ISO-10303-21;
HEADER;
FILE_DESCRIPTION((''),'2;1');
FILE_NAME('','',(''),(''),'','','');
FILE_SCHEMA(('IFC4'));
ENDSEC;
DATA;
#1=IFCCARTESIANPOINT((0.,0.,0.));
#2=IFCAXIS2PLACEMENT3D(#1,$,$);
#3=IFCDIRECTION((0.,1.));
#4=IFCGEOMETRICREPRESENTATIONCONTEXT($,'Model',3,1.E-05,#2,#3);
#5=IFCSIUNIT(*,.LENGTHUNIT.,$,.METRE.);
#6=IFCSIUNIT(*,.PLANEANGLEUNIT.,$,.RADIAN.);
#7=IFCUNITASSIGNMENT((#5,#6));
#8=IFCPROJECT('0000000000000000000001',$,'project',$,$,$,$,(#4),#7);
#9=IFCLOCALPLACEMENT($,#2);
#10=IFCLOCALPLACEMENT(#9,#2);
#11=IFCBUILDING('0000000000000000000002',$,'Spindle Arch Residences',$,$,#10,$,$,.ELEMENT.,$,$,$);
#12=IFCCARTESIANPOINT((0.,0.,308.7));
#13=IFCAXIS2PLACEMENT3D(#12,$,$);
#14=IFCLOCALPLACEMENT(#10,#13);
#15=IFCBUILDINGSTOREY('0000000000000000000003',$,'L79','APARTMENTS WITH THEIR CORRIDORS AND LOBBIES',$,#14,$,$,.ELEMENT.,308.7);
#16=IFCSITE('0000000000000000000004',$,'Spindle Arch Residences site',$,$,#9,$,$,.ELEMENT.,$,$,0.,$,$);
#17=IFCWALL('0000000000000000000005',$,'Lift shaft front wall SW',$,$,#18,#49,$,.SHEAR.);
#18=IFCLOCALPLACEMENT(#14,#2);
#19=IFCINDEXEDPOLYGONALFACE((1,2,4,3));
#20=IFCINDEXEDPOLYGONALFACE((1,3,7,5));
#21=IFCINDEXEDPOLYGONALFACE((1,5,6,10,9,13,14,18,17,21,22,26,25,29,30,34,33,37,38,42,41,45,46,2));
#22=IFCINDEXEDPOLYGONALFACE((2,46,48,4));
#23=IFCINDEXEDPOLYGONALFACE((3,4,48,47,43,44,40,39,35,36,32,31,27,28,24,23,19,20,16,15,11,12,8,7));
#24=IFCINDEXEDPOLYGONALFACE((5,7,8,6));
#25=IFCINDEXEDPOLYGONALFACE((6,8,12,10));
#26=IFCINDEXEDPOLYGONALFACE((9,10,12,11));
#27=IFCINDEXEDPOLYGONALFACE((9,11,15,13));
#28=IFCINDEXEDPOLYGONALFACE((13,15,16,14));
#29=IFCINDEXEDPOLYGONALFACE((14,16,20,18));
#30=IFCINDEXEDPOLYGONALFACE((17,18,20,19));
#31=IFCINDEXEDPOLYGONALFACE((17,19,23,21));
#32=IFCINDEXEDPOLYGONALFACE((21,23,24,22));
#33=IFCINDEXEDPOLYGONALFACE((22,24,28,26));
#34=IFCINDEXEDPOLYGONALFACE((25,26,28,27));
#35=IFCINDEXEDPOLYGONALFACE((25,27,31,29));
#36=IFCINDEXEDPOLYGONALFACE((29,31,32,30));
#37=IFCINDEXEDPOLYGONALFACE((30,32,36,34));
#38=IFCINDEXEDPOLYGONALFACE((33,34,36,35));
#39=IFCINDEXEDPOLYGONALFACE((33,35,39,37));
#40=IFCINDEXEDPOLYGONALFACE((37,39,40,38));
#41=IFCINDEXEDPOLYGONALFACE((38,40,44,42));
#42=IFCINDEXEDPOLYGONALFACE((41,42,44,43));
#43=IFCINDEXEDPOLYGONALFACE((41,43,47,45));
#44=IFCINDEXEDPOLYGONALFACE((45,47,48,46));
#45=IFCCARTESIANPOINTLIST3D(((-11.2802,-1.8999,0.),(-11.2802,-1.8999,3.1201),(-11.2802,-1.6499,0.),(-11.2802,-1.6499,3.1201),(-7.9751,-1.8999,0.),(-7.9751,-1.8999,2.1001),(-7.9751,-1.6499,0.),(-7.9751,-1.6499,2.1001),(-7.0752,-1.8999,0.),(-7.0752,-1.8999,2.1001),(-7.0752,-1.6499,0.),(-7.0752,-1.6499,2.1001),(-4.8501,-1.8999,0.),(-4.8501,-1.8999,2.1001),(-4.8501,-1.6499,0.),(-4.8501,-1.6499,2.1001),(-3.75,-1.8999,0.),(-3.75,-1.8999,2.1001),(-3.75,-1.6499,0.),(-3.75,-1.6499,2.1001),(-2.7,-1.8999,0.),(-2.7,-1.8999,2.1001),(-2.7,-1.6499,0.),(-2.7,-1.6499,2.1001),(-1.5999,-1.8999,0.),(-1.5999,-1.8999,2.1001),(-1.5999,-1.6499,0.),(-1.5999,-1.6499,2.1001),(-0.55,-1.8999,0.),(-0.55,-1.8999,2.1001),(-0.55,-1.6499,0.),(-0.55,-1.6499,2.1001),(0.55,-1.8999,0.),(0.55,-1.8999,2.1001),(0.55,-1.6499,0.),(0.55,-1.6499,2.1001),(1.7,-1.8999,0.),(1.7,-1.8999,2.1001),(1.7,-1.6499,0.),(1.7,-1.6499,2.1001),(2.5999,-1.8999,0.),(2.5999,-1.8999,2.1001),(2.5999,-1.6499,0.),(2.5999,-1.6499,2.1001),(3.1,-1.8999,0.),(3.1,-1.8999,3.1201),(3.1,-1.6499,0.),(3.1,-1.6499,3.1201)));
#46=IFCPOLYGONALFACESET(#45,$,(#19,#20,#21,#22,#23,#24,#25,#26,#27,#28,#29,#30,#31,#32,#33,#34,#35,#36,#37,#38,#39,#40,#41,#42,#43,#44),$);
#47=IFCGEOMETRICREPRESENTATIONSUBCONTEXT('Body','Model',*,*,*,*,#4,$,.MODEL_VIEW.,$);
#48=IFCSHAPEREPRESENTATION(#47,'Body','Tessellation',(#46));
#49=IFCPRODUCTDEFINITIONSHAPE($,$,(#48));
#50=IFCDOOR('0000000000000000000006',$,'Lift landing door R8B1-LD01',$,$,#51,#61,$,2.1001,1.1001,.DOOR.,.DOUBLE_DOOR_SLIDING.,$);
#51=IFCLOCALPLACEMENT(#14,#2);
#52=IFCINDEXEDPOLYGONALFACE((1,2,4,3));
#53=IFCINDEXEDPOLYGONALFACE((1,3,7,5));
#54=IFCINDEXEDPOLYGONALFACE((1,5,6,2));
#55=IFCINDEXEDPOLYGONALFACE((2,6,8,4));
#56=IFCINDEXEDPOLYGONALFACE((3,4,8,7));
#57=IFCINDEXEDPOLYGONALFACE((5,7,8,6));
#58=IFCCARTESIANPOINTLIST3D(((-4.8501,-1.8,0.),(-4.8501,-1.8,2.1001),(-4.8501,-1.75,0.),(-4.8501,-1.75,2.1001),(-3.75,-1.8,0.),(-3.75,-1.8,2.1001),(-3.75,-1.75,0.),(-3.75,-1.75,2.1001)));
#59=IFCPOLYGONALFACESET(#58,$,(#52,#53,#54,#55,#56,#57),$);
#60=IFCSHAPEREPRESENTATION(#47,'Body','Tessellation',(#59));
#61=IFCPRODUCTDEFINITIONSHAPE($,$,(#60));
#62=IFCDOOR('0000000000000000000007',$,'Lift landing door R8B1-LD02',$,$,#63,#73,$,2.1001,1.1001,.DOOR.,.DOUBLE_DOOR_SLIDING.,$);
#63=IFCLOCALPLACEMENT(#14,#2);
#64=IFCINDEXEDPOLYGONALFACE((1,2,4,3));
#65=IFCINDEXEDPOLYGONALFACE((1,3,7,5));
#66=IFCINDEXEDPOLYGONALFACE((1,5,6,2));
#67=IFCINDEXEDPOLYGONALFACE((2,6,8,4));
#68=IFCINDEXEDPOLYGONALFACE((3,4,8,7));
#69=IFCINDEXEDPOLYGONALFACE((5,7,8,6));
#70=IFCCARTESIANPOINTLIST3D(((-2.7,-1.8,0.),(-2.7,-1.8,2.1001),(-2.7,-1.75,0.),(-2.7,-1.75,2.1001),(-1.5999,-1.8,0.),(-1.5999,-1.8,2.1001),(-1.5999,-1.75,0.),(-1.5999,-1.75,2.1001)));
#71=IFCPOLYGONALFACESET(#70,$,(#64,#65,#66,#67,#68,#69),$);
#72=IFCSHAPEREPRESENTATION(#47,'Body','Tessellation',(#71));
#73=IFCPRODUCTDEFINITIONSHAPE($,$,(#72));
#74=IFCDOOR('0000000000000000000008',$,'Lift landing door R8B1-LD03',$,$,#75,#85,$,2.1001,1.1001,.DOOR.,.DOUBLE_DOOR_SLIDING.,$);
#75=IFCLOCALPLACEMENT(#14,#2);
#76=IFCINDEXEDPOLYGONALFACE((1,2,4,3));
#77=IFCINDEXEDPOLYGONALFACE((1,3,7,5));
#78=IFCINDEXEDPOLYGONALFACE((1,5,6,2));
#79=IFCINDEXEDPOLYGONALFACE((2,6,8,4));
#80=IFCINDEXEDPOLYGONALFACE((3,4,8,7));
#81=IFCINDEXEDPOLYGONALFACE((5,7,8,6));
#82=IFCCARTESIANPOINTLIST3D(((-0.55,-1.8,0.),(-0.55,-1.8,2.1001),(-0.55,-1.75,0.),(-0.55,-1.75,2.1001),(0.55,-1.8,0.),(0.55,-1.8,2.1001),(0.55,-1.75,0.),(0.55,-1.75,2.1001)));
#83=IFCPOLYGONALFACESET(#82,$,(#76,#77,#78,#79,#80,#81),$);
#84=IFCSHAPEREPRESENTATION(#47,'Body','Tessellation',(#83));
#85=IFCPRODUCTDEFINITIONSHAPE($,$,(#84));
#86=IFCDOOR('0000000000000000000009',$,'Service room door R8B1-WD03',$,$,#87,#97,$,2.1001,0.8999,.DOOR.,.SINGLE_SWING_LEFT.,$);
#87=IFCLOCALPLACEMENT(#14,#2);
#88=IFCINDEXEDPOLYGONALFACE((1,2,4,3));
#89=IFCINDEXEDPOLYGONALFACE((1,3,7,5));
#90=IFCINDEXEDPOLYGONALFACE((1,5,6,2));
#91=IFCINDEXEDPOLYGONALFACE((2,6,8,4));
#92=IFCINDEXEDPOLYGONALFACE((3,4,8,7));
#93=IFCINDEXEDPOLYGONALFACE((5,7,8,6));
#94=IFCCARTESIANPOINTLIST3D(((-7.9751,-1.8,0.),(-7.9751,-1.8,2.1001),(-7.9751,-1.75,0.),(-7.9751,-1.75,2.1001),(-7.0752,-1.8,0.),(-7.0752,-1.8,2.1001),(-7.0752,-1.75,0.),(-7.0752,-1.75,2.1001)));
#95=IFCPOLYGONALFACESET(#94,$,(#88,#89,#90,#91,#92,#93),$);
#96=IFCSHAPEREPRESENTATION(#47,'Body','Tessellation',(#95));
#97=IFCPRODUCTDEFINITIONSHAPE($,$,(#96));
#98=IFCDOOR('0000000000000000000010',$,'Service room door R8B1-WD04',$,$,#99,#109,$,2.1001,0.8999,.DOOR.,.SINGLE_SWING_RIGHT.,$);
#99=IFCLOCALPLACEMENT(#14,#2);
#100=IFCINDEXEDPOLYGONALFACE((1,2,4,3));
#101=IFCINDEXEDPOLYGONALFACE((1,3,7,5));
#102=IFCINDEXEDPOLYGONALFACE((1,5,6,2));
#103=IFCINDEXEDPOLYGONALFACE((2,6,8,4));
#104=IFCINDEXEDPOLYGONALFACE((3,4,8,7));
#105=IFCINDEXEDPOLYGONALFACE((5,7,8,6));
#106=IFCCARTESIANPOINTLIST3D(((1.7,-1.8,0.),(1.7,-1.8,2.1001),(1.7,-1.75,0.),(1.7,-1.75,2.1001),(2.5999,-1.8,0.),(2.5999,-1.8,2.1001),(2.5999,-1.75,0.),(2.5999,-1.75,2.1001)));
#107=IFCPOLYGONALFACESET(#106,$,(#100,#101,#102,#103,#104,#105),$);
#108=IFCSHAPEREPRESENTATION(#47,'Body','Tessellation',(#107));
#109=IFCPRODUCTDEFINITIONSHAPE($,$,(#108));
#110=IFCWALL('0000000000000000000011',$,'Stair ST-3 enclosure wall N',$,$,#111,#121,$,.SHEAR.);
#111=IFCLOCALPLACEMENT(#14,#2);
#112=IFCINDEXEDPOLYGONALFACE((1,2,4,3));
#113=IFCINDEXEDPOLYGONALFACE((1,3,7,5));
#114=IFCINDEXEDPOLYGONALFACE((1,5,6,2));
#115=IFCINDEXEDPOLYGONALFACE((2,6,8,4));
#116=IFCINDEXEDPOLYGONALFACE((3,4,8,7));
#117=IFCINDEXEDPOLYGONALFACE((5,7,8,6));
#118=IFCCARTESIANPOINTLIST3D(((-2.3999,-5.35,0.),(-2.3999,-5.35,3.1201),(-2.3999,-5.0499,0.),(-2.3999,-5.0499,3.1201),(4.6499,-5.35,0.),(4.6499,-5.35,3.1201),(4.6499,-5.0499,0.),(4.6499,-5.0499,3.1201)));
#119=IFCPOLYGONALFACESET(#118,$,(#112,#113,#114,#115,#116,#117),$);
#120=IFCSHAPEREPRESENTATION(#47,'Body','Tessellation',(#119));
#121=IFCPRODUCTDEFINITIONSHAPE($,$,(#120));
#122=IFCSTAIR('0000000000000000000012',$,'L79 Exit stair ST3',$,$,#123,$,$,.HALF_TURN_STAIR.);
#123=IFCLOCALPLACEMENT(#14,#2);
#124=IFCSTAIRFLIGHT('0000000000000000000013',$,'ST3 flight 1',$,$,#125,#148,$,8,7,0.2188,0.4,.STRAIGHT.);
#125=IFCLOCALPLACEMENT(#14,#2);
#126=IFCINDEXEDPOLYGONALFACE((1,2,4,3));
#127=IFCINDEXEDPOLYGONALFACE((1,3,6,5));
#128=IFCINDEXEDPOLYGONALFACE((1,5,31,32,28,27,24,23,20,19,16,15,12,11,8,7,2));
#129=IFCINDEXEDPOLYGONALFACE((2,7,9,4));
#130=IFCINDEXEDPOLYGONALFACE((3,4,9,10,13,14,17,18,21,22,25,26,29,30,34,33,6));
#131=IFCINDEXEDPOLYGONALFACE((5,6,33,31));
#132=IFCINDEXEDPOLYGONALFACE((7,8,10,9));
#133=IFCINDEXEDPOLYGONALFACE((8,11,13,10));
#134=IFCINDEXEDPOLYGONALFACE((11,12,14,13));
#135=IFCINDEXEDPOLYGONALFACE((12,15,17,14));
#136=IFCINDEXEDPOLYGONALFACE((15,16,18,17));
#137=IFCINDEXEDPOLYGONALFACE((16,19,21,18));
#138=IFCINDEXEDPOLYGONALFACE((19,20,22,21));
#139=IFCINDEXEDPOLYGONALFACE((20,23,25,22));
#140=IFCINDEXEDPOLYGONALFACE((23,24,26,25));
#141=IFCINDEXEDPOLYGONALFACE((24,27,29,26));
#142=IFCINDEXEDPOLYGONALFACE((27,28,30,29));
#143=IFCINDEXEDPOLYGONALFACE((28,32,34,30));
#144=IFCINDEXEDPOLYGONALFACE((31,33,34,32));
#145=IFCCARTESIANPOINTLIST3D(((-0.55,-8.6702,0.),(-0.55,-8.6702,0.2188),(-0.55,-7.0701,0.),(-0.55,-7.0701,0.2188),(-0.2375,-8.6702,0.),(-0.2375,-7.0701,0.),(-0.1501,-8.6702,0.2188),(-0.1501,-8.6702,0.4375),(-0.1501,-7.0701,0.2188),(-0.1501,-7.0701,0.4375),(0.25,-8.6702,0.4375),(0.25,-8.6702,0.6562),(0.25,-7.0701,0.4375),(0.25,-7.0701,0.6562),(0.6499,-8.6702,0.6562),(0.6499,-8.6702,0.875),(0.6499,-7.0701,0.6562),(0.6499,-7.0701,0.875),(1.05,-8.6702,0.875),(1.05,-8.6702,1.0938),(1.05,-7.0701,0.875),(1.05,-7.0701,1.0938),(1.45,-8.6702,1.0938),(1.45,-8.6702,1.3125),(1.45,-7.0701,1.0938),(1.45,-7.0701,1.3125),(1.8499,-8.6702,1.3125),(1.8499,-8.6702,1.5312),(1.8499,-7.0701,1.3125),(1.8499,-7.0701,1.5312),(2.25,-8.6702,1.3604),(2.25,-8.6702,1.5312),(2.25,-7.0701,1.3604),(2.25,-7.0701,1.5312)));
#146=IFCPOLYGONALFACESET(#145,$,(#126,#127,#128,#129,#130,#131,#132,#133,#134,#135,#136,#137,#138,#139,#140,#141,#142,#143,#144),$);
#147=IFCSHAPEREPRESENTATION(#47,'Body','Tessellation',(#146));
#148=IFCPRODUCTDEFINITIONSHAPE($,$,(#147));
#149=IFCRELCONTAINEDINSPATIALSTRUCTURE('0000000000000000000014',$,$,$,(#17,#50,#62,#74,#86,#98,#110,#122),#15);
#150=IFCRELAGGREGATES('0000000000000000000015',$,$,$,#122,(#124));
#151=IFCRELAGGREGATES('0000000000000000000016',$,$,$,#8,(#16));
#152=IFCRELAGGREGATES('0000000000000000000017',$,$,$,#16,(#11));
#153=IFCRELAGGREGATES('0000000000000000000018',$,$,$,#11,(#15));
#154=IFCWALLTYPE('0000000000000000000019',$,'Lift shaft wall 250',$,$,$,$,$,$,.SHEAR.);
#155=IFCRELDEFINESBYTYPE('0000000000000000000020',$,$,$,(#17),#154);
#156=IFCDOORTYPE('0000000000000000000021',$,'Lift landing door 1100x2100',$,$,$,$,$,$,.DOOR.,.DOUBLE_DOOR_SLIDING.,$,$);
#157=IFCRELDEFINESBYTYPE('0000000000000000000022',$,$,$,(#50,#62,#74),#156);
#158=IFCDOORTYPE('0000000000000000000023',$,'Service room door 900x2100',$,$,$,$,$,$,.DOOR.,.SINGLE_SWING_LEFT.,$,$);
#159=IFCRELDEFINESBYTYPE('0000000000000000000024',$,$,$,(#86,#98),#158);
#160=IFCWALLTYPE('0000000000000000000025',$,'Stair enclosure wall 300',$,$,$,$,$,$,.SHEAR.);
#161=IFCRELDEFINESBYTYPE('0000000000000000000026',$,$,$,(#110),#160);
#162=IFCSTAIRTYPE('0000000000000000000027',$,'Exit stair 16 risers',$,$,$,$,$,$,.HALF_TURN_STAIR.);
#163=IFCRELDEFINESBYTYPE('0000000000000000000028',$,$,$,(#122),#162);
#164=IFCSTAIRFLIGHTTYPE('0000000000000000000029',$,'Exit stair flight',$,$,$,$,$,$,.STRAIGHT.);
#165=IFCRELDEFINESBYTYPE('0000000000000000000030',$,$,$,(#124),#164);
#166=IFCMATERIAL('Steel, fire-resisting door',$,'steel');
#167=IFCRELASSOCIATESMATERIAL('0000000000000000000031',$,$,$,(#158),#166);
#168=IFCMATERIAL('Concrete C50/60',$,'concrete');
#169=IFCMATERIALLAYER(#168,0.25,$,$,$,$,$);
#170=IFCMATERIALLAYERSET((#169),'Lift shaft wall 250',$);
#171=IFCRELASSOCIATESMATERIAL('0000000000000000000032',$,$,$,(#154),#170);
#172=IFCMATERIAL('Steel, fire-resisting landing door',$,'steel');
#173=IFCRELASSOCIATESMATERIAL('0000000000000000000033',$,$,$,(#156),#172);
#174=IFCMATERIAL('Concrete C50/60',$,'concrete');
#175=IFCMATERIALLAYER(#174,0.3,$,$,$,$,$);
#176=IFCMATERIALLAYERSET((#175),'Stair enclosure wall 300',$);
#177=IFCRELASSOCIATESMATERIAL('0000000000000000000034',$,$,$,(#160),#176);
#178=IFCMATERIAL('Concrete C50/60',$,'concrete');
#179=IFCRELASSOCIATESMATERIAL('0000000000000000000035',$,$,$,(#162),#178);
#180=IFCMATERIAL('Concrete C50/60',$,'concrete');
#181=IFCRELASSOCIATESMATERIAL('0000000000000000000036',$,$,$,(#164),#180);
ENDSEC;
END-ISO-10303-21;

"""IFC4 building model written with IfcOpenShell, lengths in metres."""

from ifc_helpers import new_model, si_unit, direction, frame, frame_2d, origin, place, context, subcontext, project, spatial, polyline, rectangle, outline, extrude, material, layer, layer_set, type_object, element, fill, aggregate, save


model = new_model("IFC4")

# Units and contexts
model_context = context("Model", 3, precision=1e-05, world=origin(), true_north=direction((0.0, 1.0)))
body_context = subcontext(model_context, "Body", "Model", "MODEL_VIEW")
ifc_project = project(units=[si_unit("LENGTHUNIT", "METRE"), si_unit("PLANEANGLEUNIT", "RADIAN")], contexts=[model_context])

# Site, building, storey
site_placement = place(None, origin())
site = spatial("IfcSite", under=ifc_project, at=site_placement, Name="Spindle Arch Residences site", CompositionType="ELEMENT", RefElevation=0.0)
building_placement = place(site_placement, origin())
building = spatial("IfcBuilding", under=site, at=building_placement, Name="Spindle Arch Residences", CompositionType="ELEMENT")
storey_placement = place(building_placement, frame((0.0, 0.0, 308.7)))
storey = spatial("IfcBuildingStorey", under=building, at=storey_placement, Name="L79", Description="APARTMENTS WITH THEIR CORRIDORS AND LOBBIES", CompositionType="ELEMENT", Elevation=308.7)

# Shared definitions
ifc_material_1 = material(Name="Steel, fire-resisting door", Category="steel")
door_type_1 = type_object("IfcDoorType", Name="Service room door 900x2100", OperationType="SINGLE_SWING_LEFT", PredefinedType="DOOR", material=ifc_material_1)

# Shared definitions
ifc_material_2 = material(Name="Concrete C50/60", Category="concrete")
ifc_layer_1 = layer(ifc_material_2, 0.25)
ifc_layer_set_1 = layer_set([ifc_layer_1], Name="Lift shaft wall 250")
wall_type_1 = type_object("IfcWallType", Name="Lift shaft wall 250", PredefinedType="SHEAR", material=ifc_layer_set_1)

# Wall, openings, doors
wall_1_placement = place(storey_placement, frame((-11.28, -1.7749, 0.0), z_axis=(0.0, 0.0, 1.0), x_axis=(1.0, 0.0, 0.0)))
wall_1 = element("IfcWall", 1, at=wall_1_placement, inside=storey, type_object=wall_type_1, Name="Lift shaft front wall SW", PredefinedType="SHEAR", context=body_context, shape_type="SweptSolid", body=[
    extrude(rectangle(XDim=14.3801, YDim=0.25, at=frame_2d((7.1899, 0.0))), origin(), (0.0, 0.0, 1.0), 3.1201),
])
opening_1_placement = place(wall_1_placement, frame((6.4299, 0.0, 0.0)))
opening_1 = element("IfcOpeningElement", 2, at=opening_1_placement, cuts=wall_1, PredefinedType="OPENING", context=body_context, shape_type="SweptSolid", body=[
    extrude(rectangle(XDim=1.1001, YDim=2.1001, at=frame_2d((0.55, 1.05))), frame((0.0, 0.135, 0.0), z_axis=(0.0, -1.0, 0.0), x_axis=(1.0, 0.0, 0.0)), (0.0, 0.0, 1.0), 0.27),
])
opening_2_placement = place(wall_1_placement, frame((8.5801, 0.0, 0.0)))
opening_2 = element("IfcOpeningElement", 3, at=opening_2_placement, cuts=wall_1, PredefinedType="OPENING", context=body_context, shape_type="SweptSolid", body=[
    extrude(rectangle(XDim=1.1001, YDim=2.1001, at=frame_2d((0.55, 1.05))), frame((0.0, 0.135, 0.0), z_axis=(0.0, -1.0, 0.0), x_axis=(1.0, 0.0, 0.0)), (0.0, 0.0, 1.0), 0.27),
])
opening_3_placement = place(wall_1_placement, frame((10.73, 0.0, 0.0)))
opening_3 = element("IfcOpeningElement", 4, at=opening_3_placement, cuts=wall_1, PredefinedType="OPENING", context=body_context, shape_type="SweptSolid", body=[
    extrude(rectangle(XDim=1.1001, YDim=2.1001, at=frame_2d((0.55, 1.05))), frame((0.0, 0.135, 0.0), z_axis=(0.0, -1.0, 0.0), x_axis=(1.0, 0.0, 0.0)), (0.0, 0.0, 1.0), 0.27),
])
opening_4_placement = place(wall_1_placement, frame((3.3049, 0.0, 0.0)))
opening_4 = element("IfcOpeningElement", 5, at=opening_4_placement, cuts=wall_1, PredefinedType="OPENING", context=body_context, shape_type="SweptSolid", body=[
    extrude(rectangle(XDim=0.8999, YDim=2.1001, at=frame_2d((0.45, 1.05))), frame((0.0, 0.135, 0.0), z_axis=(0.0, -1.0, 0.0), x_axis=(1.0, 0.0, 0.0)), (0.0, 0.0, 1.0), 0.27),
])
opening_5_placement = place(wall_1_placement, frame((12.98, 0.0, 0.0)))
opening_5 = element("IfcOpeningElement", 6, at=opening_5_placement, cuts=wall_1, PredefinedType="OPENING", context=body_context, shape_type="SweptSolid", body=[
    extrude(rectangle(XDim=0.8999, YDim=2.1001, at=frame_2d((0.45, 1.05))), frame((0.0, 0.135, 0.0), z_axis=(0.0, -1.0, 0.0), x_axis=(1.0, 0.0, 0.0)), (0.0, 0.0, 1.0), 0.27),
])
ifc_material_3 = material(Name="Steel, fire-resisting landing door", Category="steel")
door_type_2 = type_object("IfcDoorType", Name="Lift landing door 1100x2100", OperationType="DOUBLE_DOOR_SLIDING", PredefinedType="DOOR", material=ifc_material_3)
door_1_placement = place(opening_1_placement, origin())
door_1 = element("IfcDoor", 7, at=door_1_placement, inside=storey, type_object=door_type_2, Name="Lift landing door R8B1-LD01", OperationType="DOUBLE_DOOR_SLIDING", OverallHeight=2.1001, OverallWidth=1.1001, PredefinedType="DOOR", context=body_context, shape_type="SweptSolid", body=[
    extrude(rectangle(XDim=1.1001, YDim=2.1001, at=frame_2d((0.55, 1.05))), frame((0.0, 0.0249, 0.0), z_axis=(0.0, -1.0, 0.0), x_axis=(1.0, 0.0, 0.0)), (0.0, 0.0, 1.0), 0.05),
])
fill(opening_1, door_1)
door_2_placement = place(opening_2_placement, origin())
door_2 = element("IfcDoor", 8, at=door_2_placement, inside=storey, type_object=door_type_2, Name="Lift landing door R8B1-LD02", OperationType="DOUBLE_DOOR_SLIDING", OverallHeight=2.1001, OverallWidth=1.1001, PredefinedType="DOOR", context=body_context, shape_type="SweptSolid", body=[
    extrude(rectangle(XDim=1.1001, YDim=2.1001, at=frame_2d((0.55, 1.05))), frame((0.0, 0.0249, 0.0), z_axis=(0.0, -1.0, 0.0), x_axis=(1.0, 0.0, 0.0)), (0.0, 0.0, 1.0), 0.05),
])
fill(opening_2, door_2)
door_3_placement = place(opening_3_placement, origin())
door_3 = element("IfcDoor", 9, at=door_3_placement, inside=storey, type_object=door_type_2, Name="Lift landing door R8B1-LD03", OperationType="DOUBLE_DOOR_SLIDING", OverallHeight=2.1001, OverallWidth=1.1001, PredefinedType="DOOR", context=body_context, shape_type="SweptSolid", body=[
    extrude(rectangle(XDim=1.1001, YDim=2.1001, at=frame_2d((0.55, 1.05))), frame((0.0, 0.0249, 0.0), z_axis=(0.0, -1.0, 0.0), x_axis=(1.0, 0.0, 0.0)), (0.0, 0.0, 1.0), 0.05),
])
fill(opening_3, door_3)
door_4_placement = place(opening_4_placement, origin())
door_4 = element("IfcDoor", 10, at=door_4_placement, inside=storey, type_object=door_type_1, Name="Service room door R8B1-WD03", OperationType="SINGLE_SWING_LEFT", OverallHeight=2.1001, OverallWidth=0.8999, PredefinedType="DOOR", context=body_context, shape_type="SweptSolid", body=[
    extrude(rectangle(XDim=0.8999, YDim=2.1001, at=frame_2d((0.45, 1.05))), frame((0.0, 0.0249, 0.0), z_axis=(0.0, -1.0, 0.0), x_axis=(1.0, 0.0, 0.0)), (0.0, 0.0, 1.0), 0.05),
])
fill(opening_4, door_4)
door_5_placement = place(opening_5_placement, origin())
door_5 = element("IfcDoor", 11, at=door_5_placement, inside=storey, type_object=door_type_1, Name="Service room door R8B1-WD04", OperationType="SINGLE_SWING_RIGHT", OverallHeight=2.1001, OverallWidth=0.8999, PredefinedType="DOOR", context=body_context, shape_type="SweptSolid", body=[
    extrude(rectangle(XDim=0.8999, YDim=2.1001, at=frame_2d((0.45, 1.05))), frame((0.0, 0.0249, 0.0), z_axis=(0.0, -1.0, 0.0), x_axis=(1.0, 0.0, 0.0)), (0.0, 0.0, 1.0), 0.05),
])
fill(opening_5, door_5)

# Wall
ifc_material_4 = material(Name="Concrete C50/60", Category="concrete")
ifc_layer_2 = layer(ifc_material_4, 0.3)
ifc_layer_set_2 = layer_set([ifc_layer_2], Name="Stair enclosure wall 300")
wall_type_2 = type_object("IfcWallType", Name="Stair enclosure wall 300", PredefinedType="SHEAR", material=ifc_layer_set_2)
wall_2_placement = place(storey_placement, frame((-2.3999, -5.2, 0.0), z_axis=(0.0, 0.0, 1.0), x_axis=(1.0, 0.0, 0.0)))
element("IfcWall", 12, at=wall_2_placement, inside=storey, type_object=wall_type_2, Name="Stair ST-3 enclosure wall N", PredefinedType="SHEAR", context=body_context, shape_type="SweptSolid", body=[
    extrude(rectangle(XDim=7.0498, YDim=0.3, at=frame_2d((3.5249, 0.0))), origin(), (0.0, 0.0, 1.0), 3.1201),
])

# Stair, stair flight
ifc_material_5 = material(Name="Concrete C50/60", Category="concrete")
stair_type = type_object("IfcStairType", Name="Exit stair 16 risers", PredefinedType="HALF_TURN_STAIR", material=ifc_material_5)
stair_placement = place(storey_placement, origin())
stair = element("IfcStair", 13, at=stair_placement, inside=storey, type_object=stair_type, Name="L79 Exit stair ST3", PredefinedType="HALF_TURN_STAIR")
ifc_material_6 = material(Name="Concrete C50/60", Category="concrete")
stair_flight_type = type_object("IfcStairFlightType", Name="Exit stair flight", PredefinedType="STRAIGHT", material=ifc_material_6)
stair_flight_placement = place(storey_placement, frame((-0.55, -7.8701, 0.0), z_axis=(0.0, 0.0, 1.0), x_axis=(1.0, 0.0, 0.0)))
stair_flight = element("IfcStairFlight", 14, at=stair_flight_placement, type_object=stair_flight_type, Name="ST3 flight 1", NumberOfRisers=8, NumberOfTreads=7, PredefinedType="STRAIGHT", RiserHeight=0.2188, TreadLength=0.4, context=body_context, shape_type="SweptSolid", body=[
    extrude(outline(polyline([(0.0, 0.0), (0.0, 0.2188), (0.3999, 0.2188), (0.3999, 0.4375), (0.8, 0.4375), (0.8, 0.6562), (1.2, 0.6562), (1.2, 0.875), (1.6001, 0.875), (1.6001, 1.0938), (2.0, 1.0938), (2.0, 1.3125), (2.3999, 1.3125), (2.3999, 1.5312), (2.8, 1.5312), (2.8, 1.75), (2.8, 1.3604), (0.3125, 0.0), (0.0, 0.0)])), frame((0.0, 0.8, 0.0), z_axis=(0.0, -1.0, 0.0), x_axis=(1.0, 0.0, 0.0)), (0.0, 0.0, 1.0), 1.6001),
])
aggregate(stair, [stair_flight])

save(model, "model.ifc")
